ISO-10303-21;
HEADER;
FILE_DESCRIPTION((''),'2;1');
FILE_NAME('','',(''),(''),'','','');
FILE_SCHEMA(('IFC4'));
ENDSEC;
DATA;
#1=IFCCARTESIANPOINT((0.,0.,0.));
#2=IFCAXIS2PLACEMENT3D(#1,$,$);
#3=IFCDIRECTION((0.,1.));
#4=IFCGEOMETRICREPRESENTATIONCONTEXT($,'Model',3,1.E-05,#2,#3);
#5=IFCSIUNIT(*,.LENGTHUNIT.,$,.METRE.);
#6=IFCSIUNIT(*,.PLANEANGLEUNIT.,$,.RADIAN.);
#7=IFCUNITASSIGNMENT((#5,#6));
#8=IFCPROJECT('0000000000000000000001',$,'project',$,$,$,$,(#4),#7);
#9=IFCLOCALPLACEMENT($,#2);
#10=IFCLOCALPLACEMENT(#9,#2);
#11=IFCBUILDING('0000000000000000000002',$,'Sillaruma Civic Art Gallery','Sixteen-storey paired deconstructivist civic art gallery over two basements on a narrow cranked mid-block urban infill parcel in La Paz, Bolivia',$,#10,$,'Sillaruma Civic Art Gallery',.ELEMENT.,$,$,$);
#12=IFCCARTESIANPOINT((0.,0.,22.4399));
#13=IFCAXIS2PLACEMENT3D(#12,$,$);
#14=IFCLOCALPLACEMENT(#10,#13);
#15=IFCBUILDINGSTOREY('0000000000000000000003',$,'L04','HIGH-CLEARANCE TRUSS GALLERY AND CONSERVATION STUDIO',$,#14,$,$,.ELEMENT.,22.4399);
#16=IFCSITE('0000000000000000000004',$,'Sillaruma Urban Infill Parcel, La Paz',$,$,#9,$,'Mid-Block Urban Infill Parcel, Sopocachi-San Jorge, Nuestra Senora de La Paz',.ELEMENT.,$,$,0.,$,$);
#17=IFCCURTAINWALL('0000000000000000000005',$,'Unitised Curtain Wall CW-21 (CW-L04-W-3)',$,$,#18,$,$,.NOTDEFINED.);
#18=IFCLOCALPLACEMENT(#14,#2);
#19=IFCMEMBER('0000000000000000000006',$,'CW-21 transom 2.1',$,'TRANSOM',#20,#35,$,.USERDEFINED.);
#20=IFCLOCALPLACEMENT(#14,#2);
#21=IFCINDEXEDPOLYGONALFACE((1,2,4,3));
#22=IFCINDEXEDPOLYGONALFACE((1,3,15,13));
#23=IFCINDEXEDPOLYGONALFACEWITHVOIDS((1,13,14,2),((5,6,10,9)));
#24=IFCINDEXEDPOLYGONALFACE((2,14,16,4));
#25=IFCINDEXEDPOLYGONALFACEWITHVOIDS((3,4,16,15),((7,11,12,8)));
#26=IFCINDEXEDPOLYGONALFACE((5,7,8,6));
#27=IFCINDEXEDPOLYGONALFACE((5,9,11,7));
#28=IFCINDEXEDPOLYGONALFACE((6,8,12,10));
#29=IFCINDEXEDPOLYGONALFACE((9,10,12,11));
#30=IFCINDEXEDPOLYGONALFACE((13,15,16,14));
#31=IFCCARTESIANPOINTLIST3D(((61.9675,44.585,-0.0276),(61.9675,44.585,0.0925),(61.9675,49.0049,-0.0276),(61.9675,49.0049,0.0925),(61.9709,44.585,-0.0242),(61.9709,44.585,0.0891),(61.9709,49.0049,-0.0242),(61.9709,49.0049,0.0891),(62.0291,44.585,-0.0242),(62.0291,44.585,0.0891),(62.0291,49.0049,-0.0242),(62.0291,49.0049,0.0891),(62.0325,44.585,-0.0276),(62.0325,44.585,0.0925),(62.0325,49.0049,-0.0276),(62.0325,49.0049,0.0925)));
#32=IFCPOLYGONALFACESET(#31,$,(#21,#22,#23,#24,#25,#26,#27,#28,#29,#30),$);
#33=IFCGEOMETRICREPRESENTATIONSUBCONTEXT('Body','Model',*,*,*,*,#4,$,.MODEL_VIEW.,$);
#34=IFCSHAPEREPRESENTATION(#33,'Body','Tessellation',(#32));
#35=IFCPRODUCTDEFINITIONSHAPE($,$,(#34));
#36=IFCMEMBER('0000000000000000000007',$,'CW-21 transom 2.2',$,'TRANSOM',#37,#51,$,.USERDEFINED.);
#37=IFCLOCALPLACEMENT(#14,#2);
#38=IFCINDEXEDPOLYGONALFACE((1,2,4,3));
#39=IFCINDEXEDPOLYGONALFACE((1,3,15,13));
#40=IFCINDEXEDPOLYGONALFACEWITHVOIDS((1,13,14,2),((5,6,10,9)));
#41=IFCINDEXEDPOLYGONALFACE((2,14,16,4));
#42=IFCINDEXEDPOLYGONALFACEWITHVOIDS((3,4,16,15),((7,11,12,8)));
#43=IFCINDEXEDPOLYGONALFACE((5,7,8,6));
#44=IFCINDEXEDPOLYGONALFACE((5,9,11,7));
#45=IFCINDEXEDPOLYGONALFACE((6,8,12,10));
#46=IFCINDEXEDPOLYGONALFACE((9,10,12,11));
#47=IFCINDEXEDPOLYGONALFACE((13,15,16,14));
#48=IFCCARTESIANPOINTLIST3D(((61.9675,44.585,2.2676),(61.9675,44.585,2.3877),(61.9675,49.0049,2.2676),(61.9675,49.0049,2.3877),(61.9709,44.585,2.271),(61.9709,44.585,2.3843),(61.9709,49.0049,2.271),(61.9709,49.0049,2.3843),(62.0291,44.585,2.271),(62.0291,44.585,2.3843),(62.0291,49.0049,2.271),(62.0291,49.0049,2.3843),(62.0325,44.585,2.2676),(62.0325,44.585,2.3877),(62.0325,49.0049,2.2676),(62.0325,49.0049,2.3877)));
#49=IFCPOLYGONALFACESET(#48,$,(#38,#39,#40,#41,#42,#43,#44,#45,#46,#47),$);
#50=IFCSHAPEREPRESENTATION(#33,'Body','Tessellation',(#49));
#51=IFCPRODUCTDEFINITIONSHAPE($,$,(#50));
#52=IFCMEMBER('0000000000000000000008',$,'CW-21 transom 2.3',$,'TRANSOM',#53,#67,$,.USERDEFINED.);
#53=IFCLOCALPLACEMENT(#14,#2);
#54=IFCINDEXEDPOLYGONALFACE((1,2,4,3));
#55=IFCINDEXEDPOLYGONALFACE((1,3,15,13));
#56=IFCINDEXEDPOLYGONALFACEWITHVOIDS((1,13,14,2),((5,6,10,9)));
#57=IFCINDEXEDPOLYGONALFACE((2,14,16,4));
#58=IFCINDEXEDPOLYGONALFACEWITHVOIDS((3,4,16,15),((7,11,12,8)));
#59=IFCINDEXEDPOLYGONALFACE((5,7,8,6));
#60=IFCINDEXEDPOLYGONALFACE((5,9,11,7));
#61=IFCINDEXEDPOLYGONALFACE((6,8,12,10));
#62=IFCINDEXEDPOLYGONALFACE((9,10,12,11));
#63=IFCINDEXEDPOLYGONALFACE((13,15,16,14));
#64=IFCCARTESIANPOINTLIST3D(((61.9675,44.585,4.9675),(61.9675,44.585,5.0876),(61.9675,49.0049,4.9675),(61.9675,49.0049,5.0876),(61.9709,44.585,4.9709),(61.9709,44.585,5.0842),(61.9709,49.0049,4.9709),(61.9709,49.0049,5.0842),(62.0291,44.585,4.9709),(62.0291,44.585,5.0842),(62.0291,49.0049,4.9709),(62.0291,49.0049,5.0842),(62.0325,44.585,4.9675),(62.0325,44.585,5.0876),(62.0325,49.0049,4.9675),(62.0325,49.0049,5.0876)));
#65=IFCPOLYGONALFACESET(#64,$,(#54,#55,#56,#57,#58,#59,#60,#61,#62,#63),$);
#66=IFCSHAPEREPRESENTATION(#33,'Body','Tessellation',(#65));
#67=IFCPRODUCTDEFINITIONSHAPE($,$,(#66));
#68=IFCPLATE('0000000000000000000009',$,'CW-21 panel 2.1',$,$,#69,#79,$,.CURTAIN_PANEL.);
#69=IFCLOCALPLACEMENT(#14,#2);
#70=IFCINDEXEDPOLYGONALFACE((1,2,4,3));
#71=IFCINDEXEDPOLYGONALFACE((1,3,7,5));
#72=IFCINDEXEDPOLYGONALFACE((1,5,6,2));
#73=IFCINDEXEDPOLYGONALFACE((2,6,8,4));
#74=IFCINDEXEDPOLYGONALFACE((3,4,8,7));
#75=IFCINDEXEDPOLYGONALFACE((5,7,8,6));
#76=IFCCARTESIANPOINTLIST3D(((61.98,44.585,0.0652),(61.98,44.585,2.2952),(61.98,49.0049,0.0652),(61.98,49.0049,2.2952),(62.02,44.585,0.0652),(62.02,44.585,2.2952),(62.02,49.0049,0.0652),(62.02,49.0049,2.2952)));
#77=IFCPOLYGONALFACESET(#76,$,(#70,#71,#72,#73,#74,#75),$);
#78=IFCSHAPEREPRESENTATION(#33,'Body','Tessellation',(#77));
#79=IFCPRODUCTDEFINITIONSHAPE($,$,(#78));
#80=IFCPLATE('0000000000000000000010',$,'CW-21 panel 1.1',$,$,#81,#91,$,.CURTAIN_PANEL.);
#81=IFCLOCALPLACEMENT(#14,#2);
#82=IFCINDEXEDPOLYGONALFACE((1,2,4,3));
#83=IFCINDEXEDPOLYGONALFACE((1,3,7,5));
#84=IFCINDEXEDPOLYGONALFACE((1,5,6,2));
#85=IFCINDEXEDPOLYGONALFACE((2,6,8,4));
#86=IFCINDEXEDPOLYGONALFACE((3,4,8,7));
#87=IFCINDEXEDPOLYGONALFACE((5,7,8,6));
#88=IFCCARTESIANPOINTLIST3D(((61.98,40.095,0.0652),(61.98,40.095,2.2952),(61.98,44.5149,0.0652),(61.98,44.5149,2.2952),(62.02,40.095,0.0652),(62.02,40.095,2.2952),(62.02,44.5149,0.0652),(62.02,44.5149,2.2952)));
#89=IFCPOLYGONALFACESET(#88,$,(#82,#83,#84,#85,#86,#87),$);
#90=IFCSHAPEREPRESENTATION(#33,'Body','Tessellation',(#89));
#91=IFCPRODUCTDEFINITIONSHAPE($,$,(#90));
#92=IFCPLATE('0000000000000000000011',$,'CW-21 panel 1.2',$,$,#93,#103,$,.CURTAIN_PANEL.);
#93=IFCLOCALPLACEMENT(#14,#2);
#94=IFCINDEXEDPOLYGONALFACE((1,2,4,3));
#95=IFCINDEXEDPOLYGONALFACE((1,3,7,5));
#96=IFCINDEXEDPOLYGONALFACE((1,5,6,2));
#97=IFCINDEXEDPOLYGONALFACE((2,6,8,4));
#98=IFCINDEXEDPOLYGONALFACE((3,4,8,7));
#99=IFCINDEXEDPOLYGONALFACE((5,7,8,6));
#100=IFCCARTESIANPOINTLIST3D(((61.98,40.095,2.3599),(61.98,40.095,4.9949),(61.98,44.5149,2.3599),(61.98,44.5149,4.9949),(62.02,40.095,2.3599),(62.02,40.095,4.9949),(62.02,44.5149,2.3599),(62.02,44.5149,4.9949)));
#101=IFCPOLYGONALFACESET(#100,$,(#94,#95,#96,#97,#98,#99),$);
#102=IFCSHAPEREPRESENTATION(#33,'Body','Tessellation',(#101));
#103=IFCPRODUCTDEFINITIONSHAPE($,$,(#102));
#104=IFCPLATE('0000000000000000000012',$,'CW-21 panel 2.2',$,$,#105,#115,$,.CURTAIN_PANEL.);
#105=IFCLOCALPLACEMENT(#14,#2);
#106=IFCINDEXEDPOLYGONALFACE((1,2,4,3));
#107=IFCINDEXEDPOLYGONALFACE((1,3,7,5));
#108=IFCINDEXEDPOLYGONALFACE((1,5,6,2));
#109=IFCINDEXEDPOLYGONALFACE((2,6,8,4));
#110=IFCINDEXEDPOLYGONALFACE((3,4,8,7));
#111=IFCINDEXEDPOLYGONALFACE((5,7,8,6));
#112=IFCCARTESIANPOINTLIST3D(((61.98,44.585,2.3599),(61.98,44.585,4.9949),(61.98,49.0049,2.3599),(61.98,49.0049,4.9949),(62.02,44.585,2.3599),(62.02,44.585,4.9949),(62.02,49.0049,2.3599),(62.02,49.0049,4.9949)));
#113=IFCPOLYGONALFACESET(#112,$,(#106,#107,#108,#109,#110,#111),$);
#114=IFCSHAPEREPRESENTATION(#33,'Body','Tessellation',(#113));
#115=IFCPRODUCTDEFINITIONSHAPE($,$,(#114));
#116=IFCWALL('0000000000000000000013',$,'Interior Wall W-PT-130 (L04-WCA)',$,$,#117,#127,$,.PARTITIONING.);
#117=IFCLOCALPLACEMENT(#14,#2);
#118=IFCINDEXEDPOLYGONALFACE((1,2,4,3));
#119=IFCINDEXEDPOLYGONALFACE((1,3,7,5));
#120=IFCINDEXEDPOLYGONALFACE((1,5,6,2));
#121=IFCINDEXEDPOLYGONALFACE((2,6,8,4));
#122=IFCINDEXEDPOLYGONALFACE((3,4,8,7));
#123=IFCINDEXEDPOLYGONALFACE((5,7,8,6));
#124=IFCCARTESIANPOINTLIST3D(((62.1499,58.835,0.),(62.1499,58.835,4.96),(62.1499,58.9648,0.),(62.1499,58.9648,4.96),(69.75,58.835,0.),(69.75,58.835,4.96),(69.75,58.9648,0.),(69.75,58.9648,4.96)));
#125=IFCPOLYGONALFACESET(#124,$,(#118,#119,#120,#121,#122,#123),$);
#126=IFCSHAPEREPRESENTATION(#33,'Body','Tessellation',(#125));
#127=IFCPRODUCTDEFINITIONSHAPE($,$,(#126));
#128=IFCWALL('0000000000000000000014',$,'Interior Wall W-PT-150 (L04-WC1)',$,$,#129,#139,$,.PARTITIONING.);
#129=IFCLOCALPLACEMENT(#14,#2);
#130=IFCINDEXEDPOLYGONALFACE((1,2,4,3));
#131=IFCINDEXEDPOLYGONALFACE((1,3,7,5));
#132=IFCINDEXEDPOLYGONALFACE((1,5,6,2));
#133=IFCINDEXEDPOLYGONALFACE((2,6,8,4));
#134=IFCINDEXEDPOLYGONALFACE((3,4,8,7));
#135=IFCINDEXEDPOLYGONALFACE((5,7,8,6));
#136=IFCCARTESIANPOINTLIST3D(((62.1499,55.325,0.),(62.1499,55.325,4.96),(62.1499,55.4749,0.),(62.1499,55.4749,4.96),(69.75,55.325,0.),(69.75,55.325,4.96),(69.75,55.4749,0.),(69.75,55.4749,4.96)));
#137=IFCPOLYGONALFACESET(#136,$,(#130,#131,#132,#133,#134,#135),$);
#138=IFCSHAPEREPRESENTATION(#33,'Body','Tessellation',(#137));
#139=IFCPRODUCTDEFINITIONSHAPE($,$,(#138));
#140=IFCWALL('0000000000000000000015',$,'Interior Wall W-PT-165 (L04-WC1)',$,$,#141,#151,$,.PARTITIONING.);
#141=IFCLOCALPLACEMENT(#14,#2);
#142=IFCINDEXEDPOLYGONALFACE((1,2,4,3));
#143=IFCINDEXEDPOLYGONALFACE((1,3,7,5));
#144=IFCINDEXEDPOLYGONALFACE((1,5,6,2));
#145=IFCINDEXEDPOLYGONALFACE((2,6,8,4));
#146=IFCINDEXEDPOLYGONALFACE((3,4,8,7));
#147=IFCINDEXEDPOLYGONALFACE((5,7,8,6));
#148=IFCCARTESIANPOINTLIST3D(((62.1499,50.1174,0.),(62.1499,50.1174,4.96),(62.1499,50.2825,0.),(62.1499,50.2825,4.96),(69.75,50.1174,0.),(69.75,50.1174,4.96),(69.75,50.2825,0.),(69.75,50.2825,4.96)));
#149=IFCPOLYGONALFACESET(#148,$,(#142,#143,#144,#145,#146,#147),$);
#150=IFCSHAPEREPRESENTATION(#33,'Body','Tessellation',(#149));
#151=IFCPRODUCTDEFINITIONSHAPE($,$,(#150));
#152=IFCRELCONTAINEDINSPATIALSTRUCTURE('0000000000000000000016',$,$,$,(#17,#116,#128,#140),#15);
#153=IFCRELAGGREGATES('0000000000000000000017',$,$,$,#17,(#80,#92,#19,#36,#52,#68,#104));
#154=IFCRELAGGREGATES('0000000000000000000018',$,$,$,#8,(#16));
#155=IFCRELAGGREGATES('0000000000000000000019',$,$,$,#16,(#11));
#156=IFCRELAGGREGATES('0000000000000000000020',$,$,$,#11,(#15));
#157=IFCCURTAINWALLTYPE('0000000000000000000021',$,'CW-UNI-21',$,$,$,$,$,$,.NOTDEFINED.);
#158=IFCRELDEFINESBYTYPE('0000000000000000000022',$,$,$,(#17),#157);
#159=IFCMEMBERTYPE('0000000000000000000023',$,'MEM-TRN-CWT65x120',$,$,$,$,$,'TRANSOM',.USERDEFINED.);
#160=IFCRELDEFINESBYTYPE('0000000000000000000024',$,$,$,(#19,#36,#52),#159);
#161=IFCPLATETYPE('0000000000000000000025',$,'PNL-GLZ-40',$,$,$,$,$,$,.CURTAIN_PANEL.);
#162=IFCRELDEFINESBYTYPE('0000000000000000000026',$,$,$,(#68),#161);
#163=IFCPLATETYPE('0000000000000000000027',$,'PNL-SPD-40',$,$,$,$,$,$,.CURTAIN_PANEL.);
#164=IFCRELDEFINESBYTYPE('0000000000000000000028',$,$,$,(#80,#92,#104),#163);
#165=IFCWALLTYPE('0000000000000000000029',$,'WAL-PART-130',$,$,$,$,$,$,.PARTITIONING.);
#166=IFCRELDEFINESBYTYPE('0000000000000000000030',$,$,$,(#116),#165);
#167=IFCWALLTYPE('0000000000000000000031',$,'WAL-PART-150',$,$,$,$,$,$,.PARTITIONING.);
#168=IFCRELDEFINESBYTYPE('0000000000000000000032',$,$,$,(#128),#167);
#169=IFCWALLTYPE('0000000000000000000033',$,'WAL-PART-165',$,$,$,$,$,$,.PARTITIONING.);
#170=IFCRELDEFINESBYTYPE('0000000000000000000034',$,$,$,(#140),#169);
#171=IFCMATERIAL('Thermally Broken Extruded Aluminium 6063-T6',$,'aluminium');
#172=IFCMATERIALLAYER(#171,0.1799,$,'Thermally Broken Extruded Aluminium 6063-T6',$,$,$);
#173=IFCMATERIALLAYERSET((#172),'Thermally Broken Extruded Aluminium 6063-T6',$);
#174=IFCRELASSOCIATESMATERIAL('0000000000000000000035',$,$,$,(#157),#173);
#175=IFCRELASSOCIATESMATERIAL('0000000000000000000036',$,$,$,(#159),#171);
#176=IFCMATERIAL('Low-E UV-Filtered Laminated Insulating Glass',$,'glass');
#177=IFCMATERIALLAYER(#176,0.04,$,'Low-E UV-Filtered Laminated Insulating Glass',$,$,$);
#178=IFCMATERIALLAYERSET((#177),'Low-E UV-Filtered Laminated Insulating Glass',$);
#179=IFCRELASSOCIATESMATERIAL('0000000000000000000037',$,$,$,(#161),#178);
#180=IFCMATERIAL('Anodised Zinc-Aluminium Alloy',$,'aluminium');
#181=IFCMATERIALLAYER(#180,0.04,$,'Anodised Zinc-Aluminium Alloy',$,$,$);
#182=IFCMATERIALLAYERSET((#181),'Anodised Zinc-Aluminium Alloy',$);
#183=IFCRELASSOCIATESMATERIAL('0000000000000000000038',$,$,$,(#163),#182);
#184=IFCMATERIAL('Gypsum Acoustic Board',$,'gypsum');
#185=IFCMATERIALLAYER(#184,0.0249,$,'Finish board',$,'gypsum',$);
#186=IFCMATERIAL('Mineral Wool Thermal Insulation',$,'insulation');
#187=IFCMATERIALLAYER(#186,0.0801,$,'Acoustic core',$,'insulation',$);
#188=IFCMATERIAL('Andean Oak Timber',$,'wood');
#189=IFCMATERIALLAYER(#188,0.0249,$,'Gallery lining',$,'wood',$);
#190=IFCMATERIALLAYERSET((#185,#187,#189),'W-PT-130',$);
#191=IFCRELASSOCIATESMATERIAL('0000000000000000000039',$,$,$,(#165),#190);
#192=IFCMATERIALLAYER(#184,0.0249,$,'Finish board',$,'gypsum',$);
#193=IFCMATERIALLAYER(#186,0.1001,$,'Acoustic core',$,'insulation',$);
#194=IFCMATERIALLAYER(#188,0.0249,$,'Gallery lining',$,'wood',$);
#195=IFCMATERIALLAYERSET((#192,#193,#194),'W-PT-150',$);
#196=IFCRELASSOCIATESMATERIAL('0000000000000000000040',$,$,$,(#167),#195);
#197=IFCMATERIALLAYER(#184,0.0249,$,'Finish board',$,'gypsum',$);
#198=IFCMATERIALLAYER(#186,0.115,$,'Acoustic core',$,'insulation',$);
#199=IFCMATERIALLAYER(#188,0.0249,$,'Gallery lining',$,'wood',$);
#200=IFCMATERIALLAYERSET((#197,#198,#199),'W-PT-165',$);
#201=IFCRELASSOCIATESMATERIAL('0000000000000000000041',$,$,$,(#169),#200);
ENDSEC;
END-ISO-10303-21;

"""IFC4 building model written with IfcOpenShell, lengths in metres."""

from ifc_helpers import new_model, si_unit, direction, frame, frame_2d, origin, origin_2d, place, context, subcontext, project, spatial, rectangle, hollow_rectangle, extrude, material, layer, layer_set, material_profile, profile_set, type_object, element, aggregate, save


model = new_model("IFC4")

# Units and contexts
model_context = context("Model", 3, precision=1e-05, world=origin(), true_north=direction((0.0, 1.0)))
body_context = subcontext(model_context, "Body", "Model", "MODEL_VIEW")
ifc_project = project(units=[si_unit("LENGTHUNIT", "METRE"), si_unit("PLANEANGLEUNIT", "RADIAN")], contexts=[model_context])

# Site, building, storey
site_placement = place(None, origin())
site = spatial("IfcSite", under=ifc_project, at=site_placement, Name="Sillaruma Urban Infill Parcel, La Paz", LongName="Mid-Block Urban Infill Parcel, Sopocachi-San Jorge, Nuestra Senora de La Paz", CompositionType="ELEMENT", RefElevation=0.0)
building_placement = place(site_placement, origin())
building = spatial("IfcBuilding", under=site, at=building_placement, Name="Sillaruma Civic Art Gallery", Description="Sixteen-storey paired deconstructivist civic art gallery over two basements on a narrow cranked mid-block urban infill parcel in La Paz, Bolivia", LongName="Sillaruma Civic Art Gallery", CompositionType="ELEMENT")
storey_placement = place(building_placement, frame((0.0, 0.0, 22.4399)))
storey = spatial("IfcBuildingStorey", under=building, at=storey_placement, Name="L04", Description="HIGH-CLEARANCE TRUSS GALLERY AND CONSERVATION STUDIO", CompositionType="ELEMENT", Elevation=22.4399)

# Curtain wall
ifc_material_1 = material(Name="Thermally Broken Extruded Aluminium 6063-T6", Category="aluminium")
ifc_layer_1 = layer(ifc_material_1, 0.1799, Name="Thermally Broken Extruded Aluminium 6063-T6")
ifc_layer_set_1 = layer_set([ifc_layer_1], Name="Thermally Broken Extruded Aluminium 6063-T6")
curtain_wall_type = type_object("IfcCurtainWallType", Name="CW-UNI-21", PredefinedType="NOTDEFINED", material=ifc_layer_set_1)
curtain_wall_placement = place(storey_placement, origin())
curtain_wall = element("IfcCurtainWall", 1, at=curtain_wall_placement, inside=storey, type_object=curtain_wall_type, Name="Unitised Curtain Wall CW-21 (CW-L04-W-3)", PredefinedType="NOTDEFINED")

# Members
ifc_material_profile_1 = material_profile(ifc_material_1, hollow_rectangle(XDim=0.0649, YDim=0.1201, WallThickness=0.0034, at=origin_2d()), Name="CWT65x120")
ifc_profile_set_1 = profile_set([ifc_material_profile_1], Name="Thermally Broken Extruded Aluminium 6063-T6")
member_type_1 = type_object("IfcMemberType", Name="MEM-TRN-CWT65x120", ElementType="TRANSOM", PredefinedType="USERDEFINED", material=ifc_profile_set_1)
member_1_placement = place(storey_placement, frame((62.0, 44.585, 0.0325), z_axis=(0.0, 1.0, 0.0), x_axis=(-1.0, 0.0, 0.0)))
member_1 = element("IfcMember", 2, at=member_1_placement, type_object=member_type_1, Name="CW-21 transom 2.1", ObjectType="TRANSOM", PredefinedType="USERDEFINED", context=body_context, shape_type="SweptSolid", body=[
    extrude(hollow_rectangle(XDim=0.0649, YDim=0.1201, WallThickness=0.0034, at=origin_2d()), origin(), (0.0, 0.0, 1.0), 4.4199),
])
member_2_placement = place(storey_placement, frame((62.0, 44.585, 2.3276), z_axis=(0.0, 1.0, 0.0), x_axis=(-1.0, 0.0, 0.0)))
member_2 = element("IfcMember", 3, at=member_2_placement, type_object=member_type_1, Name="CW-21 transom 2.2", ObjectType="TRANSOM", PredefinedType="USERDEFINED", context=body_context, shape_type="SweptSolid", body=[
    extrude(hollow_rectangle(XDim=0.0649, YDim=0.1201, WallThickness=0.0034, at=origin_2d()), origin(), (0.0, 0.0, 1.0), 4.4199),
])
member_3_placement = place(storey_placement, frame((62.0, 44.585, 5.0276), z_axis=(0.0, 1.0, 0.0), x_axis=(-1.0, 0.0, 0.0)))
member_3 = element("IfcMember", 4, at=member_3_placement, type_object=member_type_1, Name="CW-21 transom 2.3", ObjectType="TRANSOM", PredefinedType="USERDEFINED", context=body_context, shape_type="SweptSolid", body=[
    extrude(hollow_rectangle(XDim=0.0649, YDim=0.1201, WallThickness=0.0034, at=origin_2d()), origin(), (0.0, 0.0, 1.0), 4.4199),
])

# Plates
ifc_material_2 = material(Name="Low-E UV-Filtered Laminated Insulating Glass", Category="glass")
ifc_layer_2 = layer(ifc_material_2, 0.04, Name="Low-E UV-Filtered Laminated Insulating Glass")
ifc_layer_set_2 = layer_set([ifc_layer_2], Name="Low-E UV-Filtered Laminated Insulating Glass")
plate_type_1 = type_object("IfcPlateType", Name="PNL-GLZ-40", PredefinedType="CURTAIN_PANEL", material=ifc_layer_set_2)
plate_1_placement = place(storey_placement, frame((62.0, 46.7949, 0.0652), z_axis=(0.0, 0.0, 1.0), x_axis=(0.0, 1.0, 0.0)))
plate_1 = element("IfcPlate", 5, at=plate_1_placement, type_object=plate_type_1, Name="CW-21 panel 2.1", PredefinedType="CURTAIN_PANEL", context=body_context, shape_type="SweptSolid", body=[
    extrude(rectangle(XDim=4.4199, YDim=0.04, at=origin_2d()), origin(), (0.0, 0.0, 1.0), 2.23),
])
ifc_material_3 = material(Name="Anodised Zinc-Aluminium Alloy", Category="aluminium")
ifc_layer_3 = layer(ifc_material_3, 0.04, Name="Anodised Zinc-Aluminium Alloy")
ifc_layer_set_3 = layer_set([ifc_layer_3], Name="Anodised Zinc-Aluminium Alloy")
plate_type_2 = type_object("IfcPlateType", Name="PNL-SPD-40", PredefinedType="CURTAIN_PANEL", material=ifc_layer_set_3)
plate_2_placement = place(storey_placement, frame((62.0, 42.3049, 0.0652), z_axis=(0.0, 0.0, 1.0), x_axis=(0.0, 1.0, 0.0)))
plate_2 = element("IfcPlate", 6, at=plate_2_placement, type_object=plate_type_2, Name="CW-21 panel 1.1", PredefinedType="CURTAIN_PANEL", context=body_context, shape_type="SweptSolid", body=[
    extrude(rectangle(XDim=4.4199, YDim=0.04, at=origin_2d()), origin(), (0.0, 0.0, 1.0), 2.23),
])
plate_3_placement = place(storey_placement, frame((62.0, 42.3049, 2.3599), z_axis=(0.0, 0.0, 1.0), x_axis=(0.0, 1.0, 0.0)))
plate_3 = element("IfcPlate", 7, at=plate_3_placement, type_object=plate_type_2, Name="CW-21 panel 1.2", PredefinedType="CURTAIN_PANEL", context=body_context, shape_type="SweptSolid", body=[
    extrude(rectangle(XDim=4.4199, YDim=0.04, at=origin_2d()), origin(), (0.0, 0.0, 1.0), 2.635),
])
plate_4_placement = place(storey_placement, frame((62.0, 46.7949, 2.3599), z_axis=(0.0, 0.0, 1.0), x_axis=(0.0, 1.0, 0.0)))
plate_4 = element("IfcPlate", 8, at=plate_4_placement, type_object=plate_type_2, Name="CW-21 panel 2.2", PredefinedType="CURTAIN_PANEL", context=body_context, shape_type="SweptSolid", body=[
    extrude(rectangle(XDim=4.4199, YDim=0.04, at=origin_2d()), origin(), (0.0, 0.0, 1.0), 2.635),
])
aggregate(curtain_wall, [plate_2, plate_3, member_1, member_2, member_3, plate_1, plate_4])

# Walls
ifc_material_4 = material(Name="Gypsum Acoustic Board", Category="gypsum")
ifc_layer_4 = layer(ifc_material_4, 0.0249, Name="Finish board", Category="gypsum")
ifc_material_5 = material(Name="Mineral Wool Thermal Insulation", Category="insulation")
ifc_layer_5 = layer(ifc_material_5, 0.0801, Name="Acoustic core", Category="insulation")
ifc_material_6 = material(Name="Andean Oak Timber", Category="wood")
ifc_layer_6 = layer(ifc_material_6, 0.0249, Name="Gallery lining", Category="wood")
ifc_layer_set_4 = layer_set([ifc_layer_4, ifc_layer_5, ifc_layer_6], Name="W-PT-130")
wall_type_1 = type_object("IfcWallType", Name="WAL-PART-130", PredefinedType="PARTITIONING", material=ifc_layer_set_4)
wall_1_placement = place(storey_placement, frame((62.1499, 58.8999, 0.0), z_axis=(0.0, 0.0, 1.0), x_axis=(1.0, 0.0, 0.0)))
element("IfcWall", 9, at=wall_1_placement, inside=storey, type_object=wall_type_1, Name="Interior Wall W-PT-130 (L04-WCA)", PredefinedType="PARTITIONING", context=body_context, shape_type="SweptSolid", body=[
    extrude(rectangle(XDim=7.6001, YDim=0.1299, at=frame_2d((3.8, 0.0))), origin(), (0.0, 0.0, 1.0), 4.96),
])
ifc_layer_7 = layer(ifc_material_4, 0.0249, Name="Finish board", Category="gypsum")
ifc_layer_8 = layer(ifc_material_5, 0.1001, Name="Acoustic core", Category="insulation")
ifc_layer_9 = layer(ifc_material_6, 0.0249, Name="Gallery lining", Category="wood")
ifc_layer_set_5 = layer_set([ifc_layer_7, ifc_layer_8, ifc_layer_9], Name="W-PT-150")
wall_type_2 = type_object("IfcWallType", Name="WAL-PART-150", PredefinedType="PARTITIONING", material=ifc_layer_set_5)
wall_2_placement = place(storey_placement, frame((62.1499, 55.3999, 0.0), z_axis=(0.0, 0.0, 1.0), x_axis=(1.0, 0.0, 0.0)))
element("IfcWall", 10, at=wall_2_placement, inside=storey, type_object=wall_type_2, Name="Interior Wall W-PT-150 (L04-WC1)", PredefinedType="PARTITIONING", context=body_context, shape_type="SweptSolid", body=[
    extrude(rectangle(XDim=7.6001, YDim=0.1499, at=frame_2d((3.8, 0.0))), origin(), (0.0, 0.0, 1.0), 4.96),
])
ifc_layer_10 = layer(ifc_material_4, 0.0249, Name="Finish board", Category="gypsum")
ifc_layer_11 = layer(ifc_material_5, 0.115, Name="Acoustic core", Category="insulation")
ifc_layer_12 = layer(ifc_material_6, 0.0249, Name="Gallery lining", Category="wood")
ifc_layer_set_6 = layer_set([ifc_layer_10, ifc_layer_11, ifc_layer_12], Name="W-PT-165")
wall_type_3 = type_object("IfcWallType", Name="WAL-PART-165", PredefinedType="PARTITIONING", material=ifc_layer_set_6)
wall_3_placement = place(storey_placement, frame((62.1499, 50.2, 0.0), z_axis=(0.0, 0.0, 1.0), x_axis=(1.0, 0.0, 0.0)))
element("IfcWall", 11, at=wall_3_placement, inside=storey, type_object=wall_type_3, Name="Interior Wall W-PT-165 (L04-WC1)", PredefinedType="PARTITIONING", context=body_context, shape_type="SweptSolid", body=[
    extrude(rectangle(XDim=7.6001, YDim=0.165, at=frame_2d((3.8, 0.0))), origin(), (0.0, 0.0, 1.0), 4.96),
])

save(model, "model.ifc")
